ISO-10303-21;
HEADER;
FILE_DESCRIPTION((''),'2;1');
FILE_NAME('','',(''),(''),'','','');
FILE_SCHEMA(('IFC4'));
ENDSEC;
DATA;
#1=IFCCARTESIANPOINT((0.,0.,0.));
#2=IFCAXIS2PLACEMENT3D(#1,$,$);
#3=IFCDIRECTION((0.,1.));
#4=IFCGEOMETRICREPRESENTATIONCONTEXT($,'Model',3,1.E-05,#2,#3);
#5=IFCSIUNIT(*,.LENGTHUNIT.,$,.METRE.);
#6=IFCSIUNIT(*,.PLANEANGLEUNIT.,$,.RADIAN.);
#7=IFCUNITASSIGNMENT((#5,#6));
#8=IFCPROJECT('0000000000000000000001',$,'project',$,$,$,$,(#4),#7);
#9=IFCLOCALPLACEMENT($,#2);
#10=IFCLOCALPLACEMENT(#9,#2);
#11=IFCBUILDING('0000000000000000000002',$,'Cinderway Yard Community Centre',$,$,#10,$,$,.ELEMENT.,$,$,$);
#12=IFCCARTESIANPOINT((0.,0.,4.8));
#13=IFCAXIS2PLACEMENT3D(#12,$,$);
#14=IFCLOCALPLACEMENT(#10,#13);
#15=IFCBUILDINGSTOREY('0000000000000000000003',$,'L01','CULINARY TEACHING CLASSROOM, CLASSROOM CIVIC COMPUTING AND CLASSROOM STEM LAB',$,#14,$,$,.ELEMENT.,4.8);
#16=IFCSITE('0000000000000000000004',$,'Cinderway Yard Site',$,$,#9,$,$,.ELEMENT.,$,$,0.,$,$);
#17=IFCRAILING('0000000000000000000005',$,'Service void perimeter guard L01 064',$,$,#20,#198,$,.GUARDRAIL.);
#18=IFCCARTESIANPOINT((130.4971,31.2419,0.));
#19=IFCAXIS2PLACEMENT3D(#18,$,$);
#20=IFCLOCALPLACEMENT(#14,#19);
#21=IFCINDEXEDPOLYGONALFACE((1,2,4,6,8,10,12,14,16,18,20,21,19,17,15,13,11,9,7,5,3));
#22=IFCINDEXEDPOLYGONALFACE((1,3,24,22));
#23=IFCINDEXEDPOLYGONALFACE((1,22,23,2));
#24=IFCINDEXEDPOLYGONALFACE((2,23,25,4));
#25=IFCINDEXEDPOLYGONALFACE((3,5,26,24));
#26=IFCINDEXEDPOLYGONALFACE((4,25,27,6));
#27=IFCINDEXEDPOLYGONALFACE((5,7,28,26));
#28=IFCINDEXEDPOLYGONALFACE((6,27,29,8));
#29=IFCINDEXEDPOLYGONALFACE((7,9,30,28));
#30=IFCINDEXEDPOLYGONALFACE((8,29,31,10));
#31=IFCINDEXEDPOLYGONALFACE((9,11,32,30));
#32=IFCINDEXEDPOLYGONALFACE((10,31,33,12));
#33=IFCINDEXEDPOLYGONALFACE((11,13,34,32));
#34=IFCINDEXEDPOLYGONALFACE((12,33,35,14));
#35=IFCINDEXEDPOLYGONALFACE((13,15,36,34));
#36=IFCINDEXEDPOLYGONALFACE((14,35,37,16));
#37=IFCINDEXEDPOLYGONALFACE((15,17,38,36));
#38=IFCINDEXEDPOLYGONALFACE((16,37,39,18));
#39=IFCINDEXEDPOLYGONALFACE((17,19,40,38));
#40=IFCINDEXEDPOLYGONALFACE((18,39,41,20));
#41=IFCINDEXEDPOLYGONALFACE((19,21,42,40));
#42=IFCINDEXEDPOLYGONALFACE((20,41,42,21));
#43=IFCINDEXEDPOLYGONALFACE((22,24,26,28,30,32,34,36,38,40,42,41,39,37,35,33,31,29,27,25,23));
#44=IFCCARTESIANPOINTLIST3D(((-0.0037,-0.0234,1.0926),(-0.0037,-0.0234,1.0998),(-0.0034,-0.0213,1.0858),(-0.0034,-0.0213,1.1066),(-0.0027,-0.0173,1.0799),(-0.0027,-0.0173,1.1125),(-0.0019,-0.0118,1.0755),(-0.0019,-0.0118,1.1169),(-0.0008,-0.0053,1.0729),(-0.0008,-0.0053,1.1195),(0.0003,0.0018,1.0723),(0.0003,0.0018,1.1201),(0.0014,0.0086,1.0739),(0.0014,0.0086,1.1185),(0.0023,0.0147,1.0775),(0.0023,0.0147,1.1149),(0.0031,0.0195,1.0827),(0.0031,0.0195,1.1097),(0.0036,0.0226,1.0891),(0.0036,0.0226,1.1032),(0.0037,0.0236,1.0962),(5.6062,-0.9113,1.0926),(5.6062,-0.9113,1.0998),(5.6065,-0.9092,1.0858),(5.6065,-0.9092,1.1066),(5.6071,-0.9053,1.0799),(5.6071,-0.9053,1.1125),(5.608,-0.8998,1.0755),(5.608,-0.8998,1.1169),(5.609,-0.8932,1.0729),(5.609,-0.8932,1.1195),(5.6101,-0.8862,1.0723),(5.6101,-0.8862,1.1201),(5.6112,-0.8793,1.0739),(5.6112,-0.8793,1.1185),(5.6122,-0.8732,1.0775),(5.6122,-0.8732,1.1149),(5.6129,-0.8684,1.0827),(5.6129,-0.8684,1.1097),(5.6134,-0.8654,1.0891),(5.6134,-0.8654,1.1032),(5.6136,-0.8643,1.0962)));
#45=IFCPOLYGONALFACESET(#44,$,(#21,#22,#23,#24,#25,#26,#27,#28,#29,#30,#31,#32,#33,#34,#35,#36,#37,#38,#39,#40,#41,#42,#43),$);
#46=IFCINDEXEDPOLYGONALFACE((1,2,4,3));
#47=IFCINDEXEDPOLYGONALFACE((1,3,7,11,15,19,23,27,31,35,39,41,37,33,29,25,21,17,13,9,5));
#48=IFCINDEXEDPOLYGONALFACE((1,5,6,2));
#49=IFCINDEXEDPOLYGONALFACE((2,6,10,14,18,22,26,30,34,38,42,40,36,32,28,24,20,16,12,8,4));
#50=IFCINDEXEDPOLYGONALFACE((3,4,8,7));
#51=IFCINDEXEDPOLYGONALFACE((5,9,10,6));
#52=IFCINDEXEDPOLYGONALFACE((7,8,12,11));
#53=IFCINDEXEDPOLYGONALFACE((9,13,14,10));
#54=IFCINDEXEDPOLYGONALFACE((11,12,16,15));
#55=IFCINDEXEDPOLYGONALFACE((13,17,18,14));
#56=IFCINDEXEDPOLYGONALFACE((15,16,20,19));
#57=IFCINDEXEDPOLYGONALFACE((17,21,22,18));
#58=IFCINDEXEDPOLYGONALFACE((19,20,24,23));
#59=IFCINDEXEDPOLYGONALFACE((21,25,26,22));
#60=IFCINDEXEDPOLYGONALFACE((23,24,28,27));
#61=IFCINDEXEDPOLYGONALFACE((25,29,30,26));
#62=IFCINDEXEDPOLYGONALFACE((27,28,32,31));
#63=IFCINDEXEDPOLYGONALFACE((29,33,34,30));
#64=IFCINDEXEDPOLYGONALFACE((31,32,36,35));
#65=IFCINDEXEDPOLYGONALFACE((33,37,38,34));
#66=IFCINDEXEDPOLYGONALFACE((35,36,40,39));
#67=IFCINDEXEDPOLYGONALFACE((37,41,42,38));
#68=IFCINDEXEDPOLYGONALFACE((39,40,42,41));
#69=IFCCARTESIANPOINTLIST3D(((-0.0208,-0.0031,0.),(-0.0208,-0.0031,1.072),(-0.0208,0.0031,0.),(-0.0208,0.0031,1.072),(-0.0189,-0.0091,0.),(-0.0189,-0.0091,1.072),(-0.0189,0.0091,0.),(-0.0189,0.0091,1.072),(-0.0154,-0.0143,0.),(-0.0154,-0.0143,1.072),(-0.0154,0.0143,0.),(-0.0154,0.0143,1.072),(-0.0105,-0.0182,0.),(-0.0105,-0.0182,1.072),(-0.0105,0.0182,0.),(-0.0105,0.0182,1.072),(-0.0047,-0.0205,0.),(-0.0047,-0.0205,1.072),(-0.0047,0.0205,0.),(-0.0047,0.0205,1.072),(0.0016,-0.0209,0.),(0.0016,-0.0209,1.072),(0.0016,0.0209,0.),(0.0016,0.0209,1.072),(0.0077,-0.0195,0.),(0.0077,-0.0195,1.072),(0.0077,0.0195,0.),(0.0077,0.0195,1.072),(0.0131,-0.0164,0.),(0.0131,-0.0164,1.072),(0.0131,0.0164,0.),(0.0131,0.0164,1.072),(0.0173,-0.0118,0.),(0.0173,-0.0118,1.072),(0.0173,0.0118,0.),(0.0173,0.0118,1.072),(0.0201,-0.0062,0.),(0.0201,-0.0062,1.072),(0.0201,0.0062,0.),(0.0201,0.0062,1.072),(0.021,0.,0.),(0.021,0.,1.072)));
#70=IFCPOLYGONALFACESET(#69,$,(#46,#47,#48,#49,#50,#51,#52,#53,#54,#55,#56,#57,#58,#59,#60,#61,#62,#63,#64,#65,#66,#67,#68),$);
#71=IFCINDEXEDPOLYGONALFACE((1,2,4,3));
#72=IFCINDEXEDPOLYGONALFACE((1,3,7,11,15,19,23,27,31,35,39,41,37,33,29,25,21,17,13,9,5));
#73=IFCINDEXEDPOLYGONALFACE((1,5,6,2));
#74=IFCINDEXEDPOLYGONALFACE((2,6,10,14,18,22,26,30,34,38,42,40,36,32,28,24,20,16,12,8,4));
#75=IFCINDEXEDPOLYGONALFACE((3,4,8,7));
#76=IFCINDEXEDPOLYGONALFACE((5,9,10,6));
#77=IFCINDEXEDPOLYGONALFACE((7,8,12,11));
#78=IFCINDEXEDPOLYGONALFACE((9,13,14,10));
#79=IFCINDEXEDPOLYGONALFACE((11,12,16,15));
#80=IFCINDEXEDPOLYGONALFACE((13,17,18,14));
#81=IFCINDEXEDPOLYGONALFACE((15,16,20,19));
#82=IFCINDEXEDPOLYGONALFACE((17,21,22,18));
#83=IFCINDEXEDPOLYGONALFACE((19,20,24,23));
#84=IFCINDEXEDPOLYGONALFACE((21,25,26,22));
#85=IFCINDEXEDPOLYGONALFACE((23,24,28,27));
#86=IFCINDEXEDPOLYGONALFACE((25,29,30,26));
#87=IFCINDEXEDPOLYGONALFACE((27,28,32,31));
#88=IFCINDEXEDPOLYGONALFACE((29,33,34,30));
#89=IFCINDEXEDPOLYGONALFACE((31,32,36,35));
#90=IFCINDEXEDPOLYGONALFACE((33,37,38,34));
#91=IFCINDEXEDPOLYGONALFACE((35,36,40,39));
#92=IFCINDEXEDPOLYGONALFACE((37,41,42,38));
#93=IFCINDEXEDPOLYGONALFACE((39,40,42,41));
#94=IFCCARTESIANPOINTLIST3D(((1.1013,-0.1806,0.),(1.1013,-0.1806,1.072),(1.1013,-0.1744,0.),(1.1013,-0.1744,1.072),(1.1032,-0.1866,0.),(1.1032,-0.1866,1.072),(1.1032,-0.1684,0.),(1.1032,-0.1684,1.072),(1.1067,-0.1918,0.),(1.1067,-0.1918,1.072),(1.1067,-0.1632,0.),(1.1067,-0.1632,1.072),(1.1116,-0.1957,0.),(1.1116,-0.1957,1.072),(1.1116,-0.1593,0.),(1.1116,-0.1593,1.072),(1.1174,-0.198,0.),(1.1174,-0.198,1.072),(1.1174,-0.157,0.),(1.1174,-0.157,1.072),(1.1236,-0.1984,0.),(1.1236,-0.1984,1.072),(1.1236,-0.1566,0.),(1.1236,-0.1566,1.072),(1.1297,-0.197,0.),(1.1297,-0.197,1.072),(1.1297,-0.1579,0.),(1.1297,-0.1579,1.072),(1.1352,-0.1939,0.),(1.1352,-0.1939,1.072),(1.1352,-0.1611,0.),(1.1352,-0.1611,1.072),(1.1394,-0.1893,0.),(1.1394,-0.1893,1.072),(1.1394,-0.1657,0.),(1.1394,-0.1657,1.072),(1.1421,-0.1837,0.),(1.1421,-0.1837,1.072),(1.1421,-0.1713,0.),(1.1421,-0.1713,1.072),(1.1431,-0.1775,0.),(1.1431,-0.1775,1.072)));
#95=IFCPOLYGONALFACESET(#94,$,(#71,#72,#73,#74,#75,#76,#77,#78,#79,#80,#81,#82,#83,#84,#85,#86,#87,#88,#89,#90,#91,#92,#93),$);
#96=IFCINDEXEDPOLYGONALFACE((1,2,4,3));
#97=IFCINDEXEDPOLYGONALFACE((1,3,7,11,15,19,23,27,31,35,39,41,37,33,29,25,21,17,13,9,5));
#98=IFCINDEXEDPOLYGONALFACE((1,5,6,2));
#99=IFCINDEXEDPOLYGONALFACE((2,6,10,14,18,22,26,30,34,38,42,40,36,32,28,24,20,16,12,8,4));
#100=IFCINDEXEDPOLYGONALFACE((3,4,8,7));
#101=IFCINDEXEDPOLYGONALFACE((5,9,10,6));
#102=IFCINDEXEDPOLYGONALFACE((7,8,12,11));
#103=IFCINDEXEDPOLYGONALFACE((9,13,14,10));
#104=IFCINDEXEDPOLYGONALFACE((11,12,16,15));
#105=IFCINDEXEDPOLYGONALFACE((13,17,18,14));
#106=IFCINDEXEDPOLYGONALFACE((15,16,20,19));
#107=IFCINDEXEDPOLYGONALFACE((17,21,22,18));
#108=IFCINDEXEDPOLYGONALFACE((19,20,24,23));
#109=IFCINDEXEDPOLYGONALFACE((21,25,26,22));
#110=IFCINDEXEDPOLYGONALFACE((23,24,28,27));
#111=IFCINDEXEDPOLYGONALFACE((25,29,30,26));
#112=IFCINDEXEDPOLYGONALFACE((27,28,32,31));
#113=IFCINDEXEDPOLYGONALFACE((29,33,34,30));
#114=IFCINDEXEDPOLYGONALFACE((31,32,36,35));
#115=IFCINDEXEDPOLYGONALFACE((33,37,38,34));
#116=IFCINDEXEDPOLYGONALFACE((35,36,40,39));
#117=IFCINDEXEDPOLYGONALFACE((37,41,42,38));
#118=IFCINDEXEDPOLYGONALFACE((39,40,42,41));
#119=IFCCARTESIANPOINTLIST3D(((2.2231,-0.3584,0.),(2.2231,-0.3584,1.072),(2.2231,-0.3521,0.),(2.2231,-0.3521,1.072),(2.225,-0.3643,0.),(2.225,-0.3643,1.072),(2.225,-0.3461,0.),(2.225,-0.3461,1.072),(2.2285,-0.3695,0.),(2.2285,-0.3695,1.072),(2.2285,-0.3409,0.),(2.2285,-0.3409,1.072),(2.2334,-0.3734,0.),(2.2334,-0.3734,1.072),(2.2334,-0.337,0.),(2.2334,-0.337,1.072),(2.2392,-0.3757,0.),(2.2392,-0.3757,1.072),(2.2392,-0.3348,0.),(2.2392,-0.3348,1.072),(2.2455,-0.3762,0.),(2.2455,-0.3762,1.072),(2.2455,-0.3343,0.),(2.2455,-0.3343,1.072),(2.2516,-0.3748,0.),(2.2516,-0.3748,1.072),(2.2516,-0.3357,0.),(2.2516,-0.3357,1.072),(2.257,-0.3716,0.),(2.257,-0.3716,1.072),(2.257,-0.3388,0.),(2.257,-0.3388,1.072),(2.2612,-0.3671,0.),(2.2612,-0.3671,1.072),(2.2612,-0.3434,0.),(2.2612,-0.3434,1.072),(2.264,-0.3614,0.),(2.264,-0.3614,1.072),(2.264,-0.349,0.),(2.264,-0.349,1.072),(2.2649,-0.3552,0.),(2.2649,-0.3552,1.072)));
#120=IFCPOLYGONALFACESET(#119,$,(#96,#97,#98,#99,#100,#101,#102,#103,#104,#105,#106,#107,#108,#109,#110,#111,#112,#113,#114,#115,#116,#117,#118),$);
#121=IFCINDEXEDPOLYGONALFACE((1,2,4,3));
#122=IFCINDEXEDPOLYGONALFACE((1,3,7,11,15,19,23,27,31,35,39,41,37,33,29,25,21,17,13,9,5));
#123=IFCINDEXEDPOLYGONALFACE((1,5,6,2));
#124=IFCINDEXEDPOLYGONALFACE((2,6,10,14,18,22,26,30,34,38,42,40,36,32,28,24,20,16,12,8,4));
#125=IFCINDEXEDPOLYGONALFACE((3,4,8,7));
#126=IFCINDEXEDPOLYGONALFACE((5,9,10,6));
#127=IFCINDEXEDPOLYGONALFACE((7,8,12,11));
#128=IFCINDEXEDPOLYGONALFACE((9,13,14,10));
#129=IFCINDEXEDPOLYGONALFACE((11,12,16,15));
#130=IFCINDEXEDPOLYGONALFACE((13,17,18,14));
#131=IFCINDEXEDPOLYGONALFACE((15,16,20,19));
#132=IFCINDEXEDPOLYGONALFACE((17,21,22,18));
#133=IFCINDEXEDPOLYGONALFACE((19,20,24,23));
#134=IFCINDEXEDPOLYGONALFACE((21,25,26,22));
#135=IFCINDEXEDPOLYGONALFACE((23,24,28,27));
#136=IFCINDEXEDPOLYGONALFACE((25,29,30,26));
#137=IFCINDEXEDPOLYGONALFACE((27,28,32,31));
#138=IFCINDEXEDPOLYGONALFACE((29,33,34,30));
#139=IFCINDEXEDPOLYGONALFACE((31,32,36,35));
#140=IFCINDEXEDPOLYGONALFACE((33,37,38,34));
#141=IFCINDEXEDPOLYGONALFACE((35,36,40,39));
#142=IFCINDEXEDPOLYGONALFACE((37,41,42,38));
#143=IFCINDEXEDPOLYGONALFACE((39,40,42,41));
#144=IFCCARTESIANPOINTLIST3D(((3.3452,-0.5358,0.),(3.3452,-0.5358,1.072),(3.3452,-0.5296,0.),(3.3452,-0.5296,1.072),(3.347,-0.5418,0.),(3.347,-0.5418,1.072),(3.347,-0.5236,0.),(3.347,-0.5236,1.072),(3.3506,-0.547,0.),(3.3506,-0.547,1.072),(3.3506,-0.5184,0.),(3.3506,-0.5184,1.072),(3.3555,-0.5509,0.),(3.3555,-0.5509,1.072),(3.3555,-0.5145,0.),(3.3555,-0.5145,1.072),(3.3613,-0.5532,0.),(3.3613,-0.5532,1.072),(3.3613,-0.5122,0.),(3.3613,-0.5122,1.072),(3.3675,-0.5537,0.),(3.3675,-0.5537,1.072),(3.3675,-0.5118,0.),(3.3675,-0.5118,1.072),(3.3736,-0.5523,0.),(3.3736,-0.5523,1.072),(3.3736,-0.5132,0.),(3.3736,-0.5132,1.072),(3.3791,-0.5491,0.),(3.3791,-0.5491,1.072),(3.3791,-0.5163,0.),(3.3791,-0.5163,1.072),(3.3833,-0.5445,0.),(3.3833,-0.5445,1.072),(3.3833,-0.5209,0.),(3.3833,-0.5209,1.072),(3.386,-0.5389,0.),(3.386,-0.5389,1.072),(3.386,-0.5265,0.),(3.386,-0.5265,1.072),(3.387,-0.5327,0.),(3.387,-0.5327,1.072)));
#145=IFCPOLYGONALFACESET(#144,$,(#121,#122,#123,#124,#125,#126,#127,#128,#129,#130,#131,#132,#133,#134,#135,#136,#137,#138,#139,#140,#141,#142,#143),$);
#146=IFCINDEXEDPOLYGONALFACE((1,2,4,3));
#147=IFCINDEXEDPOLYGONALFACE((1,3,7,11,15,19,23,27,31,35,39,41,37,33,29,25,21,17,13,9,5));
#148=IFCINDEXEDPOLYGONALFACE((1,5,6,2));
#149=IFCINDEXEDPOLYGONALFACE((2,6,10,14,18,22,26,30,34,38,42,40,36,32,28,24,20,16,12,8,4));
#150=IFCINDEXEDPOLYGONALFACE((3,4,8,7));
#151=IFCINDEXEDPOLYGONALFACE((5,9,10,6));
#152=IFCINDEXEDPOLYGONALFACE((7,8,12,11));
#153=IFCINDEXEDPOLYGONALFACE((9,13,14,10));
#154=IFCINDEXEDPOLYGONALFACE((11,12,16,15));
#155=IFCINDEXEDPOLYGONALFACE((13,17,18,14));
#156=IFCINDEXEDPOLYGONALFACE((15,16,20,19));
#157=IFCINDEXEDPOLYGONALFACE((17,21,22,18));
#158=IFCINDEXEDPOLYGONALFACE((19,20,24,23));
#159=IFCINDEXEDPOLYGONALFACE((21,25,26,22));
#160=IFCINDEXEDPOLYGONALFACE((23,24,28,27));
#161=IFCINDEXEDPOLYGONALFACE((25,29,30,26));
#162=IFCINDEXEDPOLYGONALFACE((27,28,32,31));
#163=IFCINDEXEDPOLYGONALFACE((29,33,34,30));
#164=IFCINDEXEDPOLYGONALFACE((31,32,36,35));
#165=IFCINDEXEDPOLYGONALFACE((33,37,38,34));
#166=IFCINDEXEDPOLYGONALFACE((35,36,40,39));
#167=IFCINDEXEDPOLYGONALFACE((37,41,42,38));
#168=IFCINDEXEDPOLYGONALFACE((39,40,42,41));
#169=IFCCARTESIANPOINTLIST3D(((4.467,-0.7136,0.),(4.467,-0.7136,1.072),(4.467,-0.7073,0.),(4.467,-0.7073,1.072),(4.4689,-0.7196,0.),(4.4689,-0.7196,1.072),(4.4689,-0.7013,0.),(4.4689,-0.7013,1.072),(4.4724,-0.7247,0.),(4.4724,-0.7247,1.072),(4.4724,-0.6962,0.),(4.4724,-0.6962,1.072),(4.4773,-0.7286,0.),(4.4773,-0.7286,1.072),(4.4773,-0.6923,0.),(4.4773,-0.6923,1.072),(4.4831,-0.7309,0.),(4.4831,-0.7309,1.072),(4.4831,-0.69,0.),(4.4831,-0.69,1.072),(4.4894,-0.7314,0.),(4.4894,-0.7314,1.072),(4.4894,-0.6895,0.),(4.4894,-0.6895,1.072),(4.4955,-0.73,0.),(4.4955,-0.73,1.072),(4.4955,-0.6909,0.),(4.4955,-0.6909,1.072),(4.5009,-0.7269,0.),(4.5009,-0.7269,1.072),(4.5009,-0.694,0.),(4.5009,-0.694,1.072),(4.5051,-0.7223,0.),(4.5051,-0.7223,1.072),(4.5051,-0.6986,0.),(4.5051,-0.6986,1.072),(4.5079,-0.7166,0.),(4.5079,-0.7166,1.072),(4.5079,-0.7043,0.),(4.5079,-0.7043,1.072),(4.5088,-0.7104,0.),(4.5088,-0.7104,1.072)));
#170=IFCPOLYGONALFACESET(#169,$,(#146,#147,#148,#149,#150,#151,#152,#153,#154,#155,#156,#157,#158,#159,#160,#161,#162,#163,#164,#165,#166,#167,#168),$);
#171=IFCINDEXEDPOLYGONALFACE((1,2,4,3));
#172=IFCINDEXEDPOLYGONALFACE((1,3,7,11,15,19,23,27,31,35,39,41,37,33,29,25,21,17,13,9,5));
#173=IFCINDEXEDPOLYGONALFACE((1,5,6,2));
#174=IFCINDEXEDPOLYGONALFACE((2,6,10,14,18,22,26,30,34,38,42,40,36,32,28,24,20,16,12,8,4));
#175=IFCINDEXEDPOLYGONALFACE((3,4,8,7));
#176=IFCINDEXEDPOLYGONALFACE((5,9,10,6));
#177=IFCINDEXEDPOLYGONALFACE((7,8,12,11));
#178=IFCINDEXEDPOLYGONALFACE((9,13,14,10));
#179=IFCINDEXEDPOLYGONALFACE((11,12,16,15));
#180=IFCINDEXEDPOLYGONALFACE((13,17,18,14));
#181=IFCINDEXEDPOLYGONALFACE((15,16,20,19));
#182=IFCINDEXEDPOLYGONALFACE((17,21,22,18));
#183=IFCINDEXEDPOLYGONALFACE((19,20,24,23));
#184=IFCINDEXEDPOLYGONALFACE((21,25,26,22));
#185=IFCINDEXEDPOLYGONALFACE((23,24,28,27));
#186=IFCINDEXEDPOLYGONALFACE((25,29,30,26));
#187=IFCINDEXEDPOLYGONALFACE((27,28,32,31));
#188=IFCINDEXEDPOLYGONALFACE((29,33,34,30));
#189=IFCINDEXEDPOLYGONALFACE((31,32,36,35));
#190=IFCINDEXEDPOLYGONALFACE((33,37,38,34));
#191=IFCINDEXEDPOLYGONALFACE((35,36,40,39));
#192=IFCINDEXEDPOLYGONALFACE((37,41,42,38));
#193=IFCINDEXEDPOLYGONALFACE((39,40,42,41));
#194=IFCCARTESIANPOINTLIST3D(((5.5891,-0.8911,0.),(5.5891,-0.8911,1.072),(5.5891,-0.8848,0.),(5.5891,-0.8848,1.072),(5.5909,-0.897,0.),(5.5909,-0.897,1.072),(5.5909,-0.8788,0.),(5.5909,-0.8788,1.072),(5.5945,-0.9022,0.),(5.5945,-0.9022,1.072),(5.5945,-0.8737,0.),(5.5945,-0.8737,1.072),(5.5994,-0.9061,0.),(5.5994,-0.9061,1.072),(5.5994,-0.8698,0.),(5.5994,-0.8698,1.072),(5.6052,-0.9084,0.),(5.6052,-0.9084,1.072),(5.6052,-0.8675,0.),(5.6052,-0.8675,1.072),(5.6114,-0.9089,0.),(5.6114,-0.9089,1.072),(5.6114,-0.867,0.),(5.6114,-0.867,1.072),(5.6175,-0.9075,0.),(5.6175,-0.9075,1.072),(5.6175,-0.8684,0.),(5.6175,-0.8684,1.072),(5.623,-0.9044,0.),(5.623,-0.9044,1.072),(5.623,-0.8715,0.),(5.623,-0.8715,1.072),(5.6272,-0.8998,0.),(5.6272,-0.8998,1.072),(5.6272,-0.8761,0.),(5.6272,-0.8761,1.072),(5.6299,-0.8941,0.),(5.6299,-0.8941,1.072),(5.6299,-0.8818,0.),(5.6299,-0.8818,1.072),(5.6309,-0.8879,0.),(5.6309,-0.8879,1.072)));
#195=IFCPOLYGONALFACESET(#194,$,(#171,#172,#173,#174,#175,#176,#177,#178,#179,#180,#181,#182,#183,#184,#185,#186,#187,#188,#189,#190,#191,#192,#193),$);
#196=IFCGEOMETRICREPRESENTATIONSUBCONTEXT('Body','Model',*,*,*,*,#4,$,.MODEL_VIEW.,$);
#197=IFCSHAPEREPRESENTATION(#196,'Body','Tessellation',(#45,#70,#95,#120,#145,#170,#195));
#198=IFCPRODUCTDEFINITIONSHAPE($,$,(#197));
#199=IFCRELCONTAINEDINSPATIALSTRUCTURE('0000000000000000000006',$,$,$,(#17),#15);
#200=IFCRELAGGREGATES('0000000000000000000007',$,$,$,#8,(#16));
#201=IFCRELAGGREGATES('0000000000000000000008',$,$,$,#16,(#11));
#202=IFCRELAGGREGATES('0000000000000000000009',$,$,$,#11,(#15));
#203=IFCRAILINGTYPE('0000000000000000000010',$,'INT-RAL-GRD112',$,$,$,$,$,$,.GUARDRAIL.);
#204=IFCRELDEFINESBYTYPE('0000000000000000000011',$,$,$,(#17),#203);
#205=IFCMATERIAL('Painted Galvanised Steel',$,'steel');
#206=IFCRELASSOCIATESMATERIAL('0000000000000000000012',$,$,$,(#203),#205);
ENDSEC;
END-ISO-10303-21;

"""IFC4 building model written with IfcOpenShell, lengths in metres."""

from ifc_helpers import new_model, si_unit, direction, frame, origin, origin_2d, place, context, subcontext, project, spatial, circle, extrude, material, type_object, element, save


model = new_model("IFC4")

# Units and contexts
model_context = context("Model", 3, precision=1e-05, world=origin(), true_north=direction((0.0, 1.0)))
body_context = subcontext(model_context, "Body", "Model", "MODEL_VIEW")
ifc_project = project(units=[si_unit("LENGTHUNIT", "METRE"), si_unit("PLANEANGLEUNIT", "RADIAN")], contexts=[model_context])

# Site, building, storey
site_placement = place(None, origin())
site = spatial("IfcSite", under=ifc_project, at=site_placement, Name="Cinderway Yard Site", CompositionType="ELEMENT", RefElevation=0.0)
building_placement = place(site_placement, origin())
building = spatial("IfcBuilding", under=site, at=building_placement, Name="Cinderway Yard Community Centre", CompositionType="ELEMENT")
storey_placement = place(building_placement, frame((0.0, 0.0, 4.8)))
storey = spatial("IfcBuildingStorey", under=building, at=storey_placement, Name="L01", Description="CULINARY TEACHING CLASSROOM, CLASSROOM CIVIC COMPUTING AND CLASSROOM STEM LAB", CompositionType="ELEMENT", Elevation=4.8)

# Shared definitions
ifc_material_1 = material(Name="Painted Galvanised Steel", Category="steel")

# Railing
railing_type_1 = type_object("IfcRailingType", Name="INT-RAL-GRD112", PredefinedType="GUARDRAIL", material=ifc_material_1)
railing_1_placement = place(storey_placement, frame((130.4971, 31.2419, 0.0)))
element("IfcRailing", 1, at=railing_1_placement, inside=storey, type_object=railing_type_1, Name="Service void perimeter guard L01 064", PredefinedType="GUARDRAIL", context=body_context, shape_type="SweptSolid", body=[
    extrude(circle(Radius=0.0239, at=origin_2d()), frame((0.0, 0.0, 1.0962), z_axis=(0.987704, -0.156336, 0.0), x_axis=(0.156336, 0.987704, 0.0)), (0.0, 0.0, 1.0), 5.6797),
    extrude(circle(Radius=0.021, at=origin_2d()), origin(), (0.0, 0.0, 1.0), 1.072),
    extrude(circle(Radius=0.021, at=origin_2d()), frame((1.1221, -0.1775, 0.0)), (0.0, 0.0, 1.0), 1.072),
    extrude(circle(Radius=0.021, at=origin_2d()), frame((2.2439, -0.3552, 0.0)), (0.0, 0.0, 1.0), 1.072),
    extrude(circle(Radius=0.021, at=origin_2d()), frame((3.366, -0.5327, 0.0)), (0.0, 0.0, 1.0), 1.072),
    extrude(circle(Radius=0.021, at=origin_2d()), frame((4.4878, -0.7104, 0.0)), (0.0, 0.0, 1.0), 1.072),
    extrude(circle(Radius=0.021, at=origin_2d()), frame((5.6099, -0.8879, 0.0)), (0.0, 0.0, 1.0), 1.072),
])

save(model, "model.ifc")
